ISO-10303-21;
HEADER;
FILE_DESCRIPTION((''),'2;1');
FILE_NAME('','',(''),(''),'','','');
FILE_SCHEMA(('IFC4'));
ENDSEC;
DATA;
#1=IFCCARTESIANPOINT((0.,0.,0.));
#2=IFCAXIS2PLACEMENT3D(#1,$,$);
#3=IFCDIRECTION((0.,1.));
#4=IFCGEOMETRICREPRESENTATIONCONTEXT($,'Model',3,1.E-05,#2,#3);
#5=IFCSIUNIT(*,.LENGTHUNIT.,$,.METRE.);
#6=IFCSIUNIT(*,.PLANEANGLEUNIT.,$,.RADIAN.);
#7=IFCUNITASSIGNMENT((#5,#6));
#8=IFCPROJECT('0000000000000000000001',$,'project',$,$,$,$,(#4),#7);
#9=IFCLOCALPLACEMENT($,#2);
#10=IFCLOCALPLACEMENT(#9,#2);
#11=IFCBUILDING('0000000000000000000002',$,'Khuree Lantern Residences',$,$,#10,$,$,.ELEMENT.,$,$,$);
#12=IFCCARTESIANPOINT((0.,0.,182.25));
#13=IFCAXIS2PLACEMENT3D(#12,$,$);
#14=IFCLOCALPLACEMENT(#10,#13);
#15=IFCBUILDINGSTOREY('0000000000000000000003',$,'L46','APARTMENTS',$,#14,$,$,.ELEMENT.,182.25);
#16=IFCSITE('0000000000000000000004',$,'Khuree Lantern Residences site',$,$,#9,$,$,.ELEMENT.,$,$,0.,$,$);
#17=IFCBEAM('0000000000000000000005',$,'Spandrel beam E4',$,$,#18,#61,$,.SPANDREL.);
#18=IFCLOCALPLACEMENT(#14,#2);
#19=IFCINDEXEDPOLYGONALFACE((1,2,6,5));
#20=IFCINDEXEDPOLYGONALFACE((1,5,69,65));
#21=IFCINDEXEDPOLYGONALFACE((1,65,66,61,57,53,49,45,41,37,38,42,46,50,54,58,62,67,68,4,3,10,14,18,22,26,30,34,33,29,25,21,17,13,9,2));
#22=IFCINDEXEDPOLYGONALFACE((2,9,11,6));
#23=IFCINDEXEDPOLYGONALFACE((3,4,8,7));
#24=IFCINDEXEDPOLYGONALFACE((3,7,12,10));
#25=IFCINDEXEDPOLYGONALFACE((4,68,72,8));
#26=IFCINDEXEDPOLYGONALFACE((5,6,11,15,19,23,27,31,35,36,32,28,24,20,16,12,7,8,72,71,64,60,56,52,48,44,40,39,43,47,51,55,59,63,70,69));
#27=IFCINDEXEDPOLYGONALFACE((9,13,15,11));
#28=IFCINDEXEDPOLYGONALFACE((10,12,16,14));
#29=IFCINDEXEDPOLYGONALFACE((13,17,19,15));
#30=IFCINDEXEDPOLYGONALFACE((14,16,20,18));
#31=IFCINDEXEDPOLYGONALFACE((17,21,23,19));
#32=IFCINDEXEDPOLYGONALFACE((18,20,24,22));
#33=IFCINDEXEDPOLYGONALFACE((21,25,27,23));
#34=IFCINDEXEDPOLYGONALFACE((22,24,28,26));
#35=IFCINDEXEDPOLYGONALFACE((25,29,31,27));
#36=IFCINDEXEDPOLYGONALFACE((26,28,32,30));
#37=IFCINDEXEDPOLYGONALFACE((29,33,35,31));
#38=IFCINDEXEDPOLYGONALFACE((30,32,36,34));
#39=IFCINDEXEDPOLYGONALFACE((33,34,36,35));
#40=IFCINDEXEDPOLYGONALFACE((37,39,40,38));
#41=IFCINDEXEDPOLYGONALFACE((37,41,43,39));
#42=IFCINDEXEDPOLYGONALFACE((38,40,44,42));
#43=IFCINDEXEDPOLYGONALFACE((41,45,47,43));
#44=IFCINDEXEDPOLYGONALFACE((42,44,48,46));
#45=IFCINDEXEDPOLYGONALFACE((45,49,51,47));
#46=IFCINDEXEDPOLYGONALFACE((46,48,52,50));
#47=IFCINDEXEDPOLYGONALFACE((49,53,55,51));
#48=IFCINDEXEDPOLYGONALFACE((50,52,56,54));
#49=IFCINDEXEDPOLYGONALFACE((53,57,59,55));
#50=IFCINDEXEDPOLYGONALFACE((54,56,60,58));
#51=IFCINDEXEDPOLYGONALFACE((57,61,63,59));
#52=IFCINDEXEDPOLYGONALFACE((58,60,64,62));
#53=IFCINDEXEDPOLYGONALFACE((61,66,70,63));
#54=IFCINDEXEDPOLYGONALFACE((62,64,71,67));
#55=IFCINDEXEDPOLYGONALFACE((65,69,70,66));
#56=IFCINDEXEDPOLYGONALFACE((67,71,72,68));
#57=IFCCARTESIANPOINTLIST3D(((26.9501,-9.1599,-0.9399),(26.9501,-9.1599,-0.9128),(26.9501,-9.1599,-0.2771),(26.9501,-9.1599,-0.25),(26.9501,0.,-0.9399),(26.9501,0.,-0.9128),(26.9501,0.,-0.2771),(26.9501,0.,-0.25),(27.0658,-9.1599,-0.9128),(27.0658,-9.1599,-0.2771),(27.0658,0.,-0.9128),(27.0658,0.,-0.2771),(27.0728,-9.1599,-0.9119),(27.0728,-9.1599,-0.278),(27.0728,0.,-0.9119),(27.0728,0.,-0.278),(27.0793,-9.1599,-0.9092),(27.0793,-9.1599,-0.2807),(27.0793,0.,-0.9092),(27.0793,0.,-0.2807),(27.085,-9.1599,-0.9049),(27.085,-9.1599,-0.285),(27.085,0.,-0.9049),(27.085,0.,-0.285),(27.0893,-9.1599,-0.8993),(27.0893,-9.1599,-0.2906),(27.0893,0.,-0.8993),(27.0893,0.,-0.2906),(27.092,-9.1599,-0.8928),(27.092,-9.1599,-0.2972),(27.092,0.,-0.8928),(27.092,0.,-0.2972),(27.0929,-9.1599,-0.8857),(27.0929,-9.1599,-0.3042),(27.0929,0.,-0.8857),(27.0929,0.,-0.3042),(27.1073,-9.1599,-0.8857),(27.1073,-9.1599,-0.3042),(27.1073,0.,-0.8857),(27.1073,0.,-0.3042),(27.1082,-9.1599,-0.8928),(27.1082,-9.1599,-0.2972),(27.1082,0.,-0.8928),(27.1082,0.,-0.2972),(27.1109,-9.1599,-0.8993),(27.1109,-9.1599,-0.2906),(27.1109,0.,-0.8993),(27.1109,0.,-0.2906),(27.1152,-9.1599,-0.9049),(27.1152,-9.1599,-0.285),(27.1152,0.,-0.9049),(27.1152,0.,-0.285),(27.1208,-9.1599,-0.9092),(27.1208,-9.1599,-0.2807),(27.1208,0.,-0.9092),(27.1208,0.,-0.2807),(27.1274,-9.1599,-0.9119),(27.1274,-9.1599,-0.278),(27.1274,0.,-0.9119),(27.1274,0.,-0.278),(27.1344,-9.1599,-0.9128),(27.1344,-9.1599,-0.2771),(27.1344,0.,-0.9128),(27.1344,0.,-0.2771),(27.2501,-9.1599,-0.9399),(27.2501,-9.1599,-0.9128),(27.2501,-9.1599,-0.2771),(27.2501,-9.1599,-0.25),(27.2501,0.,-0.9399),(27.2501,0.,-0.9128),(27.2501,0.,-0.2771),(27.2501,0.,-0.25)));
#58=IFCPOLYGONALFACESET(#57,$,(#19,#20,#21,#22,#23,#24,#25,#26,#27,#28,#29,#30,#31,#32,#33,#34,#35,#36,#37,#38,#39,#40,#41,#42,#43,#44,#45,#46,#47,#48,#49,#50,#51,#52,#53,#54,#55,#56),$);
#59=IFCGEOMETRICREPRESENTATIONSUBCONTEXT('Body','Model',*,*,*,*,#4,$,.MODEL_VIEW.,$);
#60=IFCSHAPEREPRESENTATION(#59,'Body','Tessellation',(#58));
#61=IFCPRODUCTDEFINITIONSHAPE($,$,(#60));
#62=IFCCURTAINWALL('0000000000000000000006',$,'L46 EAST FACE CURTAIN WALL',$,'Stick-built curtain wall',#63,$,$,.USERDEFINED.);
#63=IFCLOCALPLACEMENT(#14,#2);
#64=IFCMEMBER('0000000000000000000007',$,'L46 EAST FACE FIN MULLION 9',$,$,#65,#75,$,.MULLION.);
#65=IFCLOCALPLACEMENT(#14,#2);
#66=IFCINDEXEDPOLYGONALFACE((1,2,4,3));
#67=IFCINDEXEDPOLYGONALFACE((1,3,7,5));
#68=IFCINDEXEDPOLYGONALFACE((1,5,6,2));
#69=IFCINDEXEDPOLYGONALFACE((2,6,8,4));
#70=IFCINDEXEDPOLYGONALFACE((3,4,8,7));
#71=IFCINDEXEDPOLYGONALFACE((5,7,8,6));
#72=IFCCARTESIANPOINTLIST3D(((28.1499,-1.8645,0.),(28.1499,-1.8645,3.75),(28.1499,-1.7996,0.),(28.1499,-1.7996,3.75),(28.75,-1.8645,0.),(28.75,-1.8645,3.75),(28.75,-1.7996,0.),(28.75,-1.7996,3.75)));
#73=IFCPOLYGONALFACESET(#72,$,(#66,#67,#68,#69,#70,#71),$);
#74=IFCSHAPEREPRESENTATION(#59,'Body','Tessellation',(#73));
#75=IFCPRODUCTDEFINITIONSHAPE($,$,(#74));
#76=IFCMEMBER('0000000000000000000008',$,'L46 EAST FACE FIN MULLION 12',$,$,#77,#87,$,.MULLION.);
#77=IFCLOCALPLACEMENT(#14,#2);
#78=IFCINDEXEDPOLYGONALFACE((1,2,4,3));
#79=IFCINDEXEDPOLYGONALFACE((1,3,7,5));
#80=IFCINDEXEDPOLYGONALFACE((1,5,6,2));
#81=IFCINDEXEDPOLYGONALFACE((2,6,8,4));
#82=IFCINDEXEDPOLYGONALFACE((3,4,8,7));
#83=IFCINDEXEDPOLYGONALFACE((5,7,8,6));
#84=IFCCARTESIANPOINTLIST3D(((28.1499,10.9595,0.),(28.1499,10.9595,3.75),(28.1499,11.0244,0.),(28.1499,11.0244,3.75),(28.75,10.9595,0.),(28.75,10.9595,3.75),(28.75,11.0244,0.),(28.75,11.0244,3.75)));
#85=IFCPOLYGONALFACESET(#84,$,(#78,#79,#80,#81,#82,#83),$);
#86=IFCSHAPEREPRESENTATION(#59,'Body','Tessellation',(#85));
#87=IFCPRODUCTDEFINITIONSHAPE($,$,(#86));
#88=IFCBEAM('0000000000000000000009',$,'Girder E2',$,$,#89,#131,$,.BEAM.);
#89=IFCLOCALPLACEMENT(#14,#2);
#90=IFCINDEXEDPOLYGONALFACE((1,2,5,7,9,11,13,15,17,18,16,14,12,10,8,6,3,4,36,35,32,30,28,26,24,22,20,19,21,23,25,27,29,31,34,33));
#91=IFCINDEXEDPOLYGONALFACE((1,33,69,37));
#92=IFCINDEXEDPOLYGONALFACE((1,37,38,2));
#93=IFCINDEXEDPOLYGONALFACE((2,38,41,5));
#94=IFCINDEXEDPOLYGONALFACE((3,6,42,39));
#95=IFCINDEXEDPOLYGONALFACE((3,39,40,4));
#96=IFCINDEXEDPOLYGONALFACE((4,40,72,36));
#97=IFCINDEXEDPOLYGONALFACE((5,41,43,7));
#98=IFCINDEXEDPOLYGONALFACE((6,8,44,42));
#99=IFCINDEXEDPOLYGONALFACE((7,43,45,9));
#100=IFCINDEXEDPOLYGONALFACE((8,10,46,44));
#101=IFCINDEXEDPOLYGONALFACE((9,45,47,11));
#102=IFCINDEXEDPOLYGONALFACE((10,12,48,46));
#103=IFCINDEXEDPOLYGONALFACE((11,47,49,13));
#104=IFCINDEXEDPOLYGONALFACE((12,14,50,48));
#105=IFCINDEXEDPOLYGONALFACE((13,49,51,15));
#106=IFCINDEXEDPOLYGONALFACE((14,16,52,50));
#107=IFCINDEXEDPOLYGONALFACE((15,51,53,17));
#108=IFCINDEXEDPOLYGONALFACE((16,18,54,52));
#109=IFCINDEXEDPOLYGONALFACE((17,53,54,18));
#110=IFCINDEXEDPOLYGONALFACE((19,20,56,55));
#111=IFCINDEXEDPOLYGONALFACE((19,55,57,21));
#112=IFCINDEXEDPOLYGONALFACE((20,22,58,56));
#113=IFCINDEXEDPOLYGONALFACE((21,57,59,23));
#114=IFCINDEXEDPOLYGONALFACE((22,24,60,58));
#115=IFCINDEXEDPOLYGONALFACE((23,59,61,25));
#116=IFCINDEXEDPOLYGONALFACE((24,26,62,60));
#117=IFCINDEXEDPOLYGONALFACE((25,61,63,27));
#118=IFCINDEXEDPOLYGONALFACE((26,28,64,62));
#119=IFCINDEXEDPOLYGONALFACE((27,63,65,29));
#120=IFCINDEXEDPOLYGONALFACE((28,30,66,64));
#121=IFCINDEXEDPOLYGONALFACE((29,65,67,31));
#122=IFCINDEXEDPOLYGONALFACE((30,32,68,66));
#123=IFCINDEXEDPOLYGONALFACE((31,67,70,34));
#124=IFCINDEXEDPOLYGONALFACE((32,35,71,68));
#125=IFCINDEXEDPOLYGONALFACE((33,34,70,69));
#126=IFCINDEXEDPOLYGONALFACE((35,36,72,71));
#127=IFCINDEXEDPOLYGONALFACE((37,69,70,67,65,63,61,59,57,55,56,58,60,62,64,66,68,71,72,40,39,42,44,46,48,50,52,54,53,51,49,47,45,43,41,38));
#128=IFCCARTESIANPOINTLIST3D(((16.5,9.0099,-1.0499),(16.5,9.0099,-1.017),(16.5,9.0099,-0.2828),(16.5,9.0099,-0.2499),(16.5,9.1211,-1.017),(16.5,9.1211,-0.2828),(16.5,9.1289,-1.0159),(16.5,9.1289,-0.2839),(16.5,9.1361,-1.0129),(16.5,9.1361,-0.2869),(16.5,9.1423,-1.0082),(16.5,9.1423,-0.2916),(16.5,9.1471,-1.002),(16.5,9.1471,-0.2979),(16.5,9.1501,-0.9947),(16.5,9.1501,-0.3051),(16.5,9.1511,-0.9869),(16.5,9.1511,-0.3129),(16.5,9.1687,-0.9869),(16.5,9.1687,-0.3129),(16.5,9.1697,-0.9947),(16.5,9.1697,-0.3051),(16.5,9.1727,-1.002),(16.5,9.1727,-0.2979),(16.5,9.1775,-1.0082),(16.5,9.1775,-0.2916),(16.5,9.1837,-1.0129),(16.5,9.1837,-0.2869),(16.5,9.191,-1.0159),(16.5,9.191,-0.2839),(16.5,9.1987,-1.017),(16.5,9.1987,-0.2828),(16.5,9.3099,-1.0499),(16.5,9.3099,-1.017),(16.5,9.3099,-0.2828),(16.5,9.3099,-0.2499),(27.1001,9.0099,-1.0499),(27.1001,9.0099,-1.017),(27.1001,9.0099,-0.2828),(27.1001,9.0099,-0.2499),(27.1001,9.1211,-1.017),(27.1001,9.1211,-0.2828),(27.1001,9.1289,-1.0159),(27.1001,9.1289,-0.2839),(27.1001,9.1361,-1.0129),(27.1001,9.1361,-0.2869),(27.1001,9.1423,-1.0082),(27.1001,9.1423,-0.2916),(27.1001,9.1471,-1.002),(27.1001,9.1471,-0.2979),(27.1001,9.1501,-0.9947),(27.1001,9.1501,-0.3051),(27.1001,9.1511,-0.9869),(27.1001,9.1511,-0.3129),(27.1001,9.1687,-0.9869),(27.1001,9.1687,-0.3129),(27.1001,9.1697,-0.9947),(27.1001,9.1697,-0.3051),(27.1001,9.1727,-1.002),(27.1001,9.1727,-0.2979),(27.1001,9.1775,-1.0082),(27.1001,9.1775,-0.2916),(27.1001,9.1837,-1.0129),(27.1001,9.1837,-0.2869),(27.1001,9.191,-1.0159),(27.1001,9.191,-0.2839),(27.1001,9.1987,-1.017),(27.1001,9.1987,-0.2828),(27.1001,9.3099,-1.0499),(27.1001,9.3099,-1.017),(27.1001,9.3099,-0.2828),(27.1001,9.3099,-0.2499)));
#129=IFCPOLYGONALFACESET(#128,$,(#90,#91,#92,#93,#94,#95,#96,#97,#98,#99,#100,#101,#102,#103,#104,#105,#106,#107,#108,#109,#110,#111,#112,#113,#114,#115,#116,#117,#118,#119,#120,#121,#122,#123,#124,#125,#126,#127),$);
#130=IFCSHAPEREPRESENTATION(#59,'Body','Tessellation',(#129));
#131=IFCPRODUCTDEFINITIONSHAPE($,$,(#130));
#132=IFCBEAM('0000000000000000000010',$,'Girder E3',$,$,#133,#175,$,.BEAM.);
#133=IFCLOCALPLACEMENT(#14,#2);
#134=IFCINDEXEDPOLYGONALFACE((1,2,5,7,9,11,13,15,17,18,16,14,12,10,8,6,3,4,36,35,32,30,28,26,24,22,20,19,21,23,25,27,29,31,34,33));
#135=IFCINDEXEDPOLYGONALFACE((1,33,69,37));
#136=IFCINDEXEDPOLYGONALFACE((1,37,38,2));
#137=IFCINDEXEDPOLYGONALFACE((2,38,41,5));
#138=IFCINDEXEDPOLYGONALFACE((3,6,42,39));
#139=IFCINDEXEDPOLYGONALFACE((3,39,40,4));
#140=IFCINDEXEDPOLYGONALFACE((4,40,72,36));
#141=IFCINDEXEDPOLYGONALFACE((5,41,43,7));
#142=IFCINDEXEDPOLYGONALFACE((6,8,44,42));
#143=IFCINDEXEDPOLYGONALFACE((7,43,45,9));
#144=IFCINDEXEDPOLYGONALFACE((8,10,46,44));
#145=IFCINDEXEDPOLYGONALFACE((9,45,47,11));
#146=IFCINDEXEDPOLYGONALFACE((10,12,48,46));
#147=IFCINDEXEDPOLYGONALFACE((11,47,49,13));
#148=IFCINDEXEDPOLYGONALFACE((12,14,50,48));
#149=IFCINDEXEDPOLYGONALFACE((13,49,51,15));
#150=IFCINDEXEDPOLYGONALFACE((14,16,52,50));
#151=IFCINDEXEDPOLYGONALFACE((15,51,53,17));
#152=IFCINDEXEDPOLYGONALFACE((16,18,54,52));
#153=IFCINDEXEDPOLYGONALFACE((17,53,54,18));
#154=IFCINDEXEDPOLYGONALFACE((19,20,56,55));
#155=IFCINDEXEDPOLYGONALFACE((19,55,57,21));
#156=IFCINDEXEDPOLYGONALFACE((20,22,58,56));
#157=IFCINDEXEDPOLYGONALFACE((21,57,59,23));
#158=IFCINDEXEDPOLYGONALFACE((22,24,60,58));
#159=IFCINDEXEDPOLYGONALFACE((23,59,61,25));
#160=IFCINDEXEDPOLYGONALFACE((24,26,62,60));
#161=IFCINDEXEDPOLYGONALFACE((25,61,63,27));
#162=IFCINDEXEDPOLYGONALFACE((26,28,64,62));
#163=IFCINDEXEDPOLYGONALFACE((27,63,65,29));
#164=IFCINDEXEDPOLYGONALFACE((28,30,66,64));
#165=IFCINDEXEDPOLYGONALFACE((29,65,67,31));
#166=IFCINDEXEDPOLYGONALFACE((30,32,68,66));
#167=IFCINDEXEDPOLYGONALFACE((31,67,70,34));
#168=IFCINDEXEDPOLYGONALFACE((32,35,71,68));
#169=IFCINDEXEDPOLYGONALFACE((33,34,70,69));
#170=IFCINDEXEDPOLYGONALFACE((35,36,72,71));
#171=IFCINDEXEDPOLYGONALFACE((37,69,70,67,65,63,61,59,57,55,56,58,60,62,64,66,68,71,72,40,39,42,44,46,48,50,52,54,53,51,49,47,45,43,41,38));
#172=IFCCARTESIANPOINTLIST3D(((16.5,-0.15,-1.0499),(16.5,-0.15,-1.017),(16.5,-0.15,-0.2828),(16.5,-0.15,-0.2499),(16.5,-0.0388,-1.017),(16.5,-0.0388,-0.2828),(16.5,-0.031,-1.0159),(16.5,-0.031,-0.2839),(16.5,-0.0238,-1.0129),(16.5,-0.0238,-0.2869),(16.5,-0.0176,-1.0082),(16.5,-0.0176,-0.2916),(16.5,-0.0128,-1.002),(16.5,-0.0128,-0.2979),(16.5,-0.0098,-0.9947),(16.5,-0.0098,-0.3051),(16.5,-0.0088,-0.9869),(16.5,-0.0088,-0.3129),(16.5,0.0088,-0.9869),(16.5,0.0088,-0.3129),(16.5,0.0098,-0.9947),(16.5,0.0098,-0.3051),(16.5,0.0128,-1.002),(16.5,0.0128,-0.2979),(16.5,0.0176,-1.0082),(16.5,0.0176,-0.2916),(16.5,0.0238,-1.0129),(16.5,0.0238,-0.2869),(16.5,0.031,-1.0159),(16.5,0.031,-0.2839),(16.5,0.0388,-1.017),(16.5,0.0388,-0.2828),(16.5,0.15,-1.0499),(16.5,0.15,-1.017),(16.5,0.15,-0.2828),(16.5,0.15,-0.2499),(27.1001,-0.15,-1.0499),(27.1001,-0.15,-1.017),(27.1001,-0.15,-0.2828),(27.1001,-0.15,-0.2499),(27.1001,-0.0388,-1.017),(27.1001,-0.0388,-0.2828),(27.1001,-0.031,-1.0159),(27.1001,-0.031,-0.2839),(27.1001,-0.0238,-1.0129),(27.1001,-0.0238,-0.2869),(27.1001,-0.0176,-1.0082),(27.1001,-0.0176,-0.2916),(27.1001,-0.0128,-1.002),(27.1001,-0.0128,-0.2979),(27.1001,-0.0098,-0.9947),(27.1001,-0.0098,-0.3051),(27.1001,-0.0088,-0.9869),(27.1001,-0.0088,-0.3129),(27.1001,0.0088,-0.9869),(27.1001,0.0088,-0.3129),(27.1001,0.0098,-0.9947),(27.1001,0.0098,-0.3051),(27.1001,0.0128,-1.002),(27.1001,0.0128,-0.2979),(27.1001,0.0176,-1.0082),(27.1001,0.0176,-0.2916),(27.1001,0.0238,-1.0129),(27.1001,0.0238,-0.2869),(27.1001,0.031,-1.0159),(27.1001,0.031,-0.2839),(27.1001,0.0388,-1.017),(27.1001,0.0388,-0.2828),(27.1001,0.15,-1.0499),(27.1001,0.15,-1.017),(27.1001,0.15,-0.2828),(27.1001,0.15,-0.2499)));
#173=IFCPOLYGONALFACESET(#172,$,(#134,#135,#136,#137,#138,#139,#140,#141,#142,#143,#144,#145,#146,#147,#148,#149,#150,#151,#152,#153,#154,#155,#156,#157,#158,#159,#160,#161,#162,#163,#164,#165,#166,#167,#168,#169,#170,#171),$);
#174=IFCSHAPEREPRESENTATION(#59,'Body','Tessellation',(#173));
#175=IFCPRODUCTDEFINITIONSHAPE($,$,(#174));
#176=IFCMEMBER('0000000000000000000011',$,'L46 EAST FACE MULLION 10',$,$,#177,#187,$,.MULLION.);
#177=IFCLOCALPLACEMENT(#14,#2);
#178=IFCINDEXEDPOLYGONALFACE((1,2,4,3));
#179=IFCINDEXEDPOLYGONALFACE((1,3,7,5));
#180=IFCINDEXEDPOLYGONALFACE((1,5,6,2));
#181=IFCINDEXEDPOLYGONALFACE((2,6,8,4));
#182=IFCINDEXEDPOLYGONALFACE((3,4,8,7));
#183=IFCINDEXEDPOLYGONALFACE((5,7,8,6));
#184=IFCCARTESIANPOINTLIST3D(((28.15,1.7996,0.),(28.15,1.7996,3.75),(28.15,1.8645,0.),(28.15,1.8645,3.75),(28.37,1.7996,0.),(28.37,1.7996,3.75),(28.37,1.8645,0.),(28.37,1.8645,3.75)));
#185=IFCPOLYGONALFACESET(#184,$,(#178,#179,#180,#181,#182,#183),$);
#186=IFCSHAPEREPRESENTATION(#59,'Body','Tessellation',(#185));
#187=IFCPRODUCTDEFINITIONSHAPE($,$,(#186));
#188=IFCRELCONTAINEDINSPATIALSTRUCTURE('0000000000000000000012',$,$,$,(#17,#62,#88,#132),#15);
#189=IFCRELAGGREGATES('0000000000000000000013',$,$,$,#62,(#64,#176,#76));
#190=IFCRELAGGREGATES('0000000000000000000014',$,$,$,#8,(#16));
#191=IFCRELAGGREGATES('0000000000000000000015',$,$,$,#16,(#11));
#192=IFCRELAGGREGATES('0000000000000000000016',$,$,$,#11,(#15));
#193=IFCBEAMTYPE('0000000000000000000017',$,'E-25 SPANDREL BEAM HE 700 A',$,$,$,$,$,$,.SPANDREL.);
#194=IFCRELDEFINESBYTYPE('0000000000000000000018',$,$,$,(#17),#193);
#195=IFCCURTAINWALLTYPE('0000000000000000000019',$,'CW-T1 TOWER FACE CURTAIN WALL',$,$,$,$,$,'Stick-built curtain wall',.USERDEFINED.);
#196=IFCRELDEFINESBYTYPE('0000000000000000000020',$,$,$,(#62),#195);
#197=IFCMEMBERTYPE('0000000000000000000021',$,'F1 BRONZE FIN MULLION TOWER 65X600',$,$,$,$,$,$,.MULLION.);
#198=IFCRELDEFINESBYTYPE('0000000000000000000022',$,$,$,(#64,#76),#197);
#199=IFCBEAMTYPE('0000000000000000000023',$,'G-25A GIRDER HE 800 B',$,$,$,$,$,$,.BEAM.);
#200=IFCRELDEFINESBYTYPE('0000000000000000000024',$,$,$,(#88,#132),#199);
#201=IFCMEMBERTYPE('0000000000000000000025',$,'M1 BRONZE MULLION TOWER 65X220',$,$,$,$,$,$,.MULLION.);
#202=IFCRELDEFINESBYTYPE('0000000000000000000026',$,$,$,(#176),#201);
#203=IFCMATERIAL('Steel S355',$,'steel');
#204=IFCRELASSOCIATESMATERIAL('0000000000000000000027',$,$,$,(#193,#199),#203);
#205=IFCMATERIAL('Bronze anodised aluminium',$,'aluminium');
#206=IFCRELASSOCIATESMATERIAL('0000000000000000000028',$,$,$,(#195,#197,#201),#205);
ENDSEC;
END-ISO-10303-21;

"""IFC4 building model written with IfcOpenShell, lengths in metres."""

from ifc_helpers import new_model, si_unit, direction, frame, origin, origin_2d, place, context, subcontext, project, spatial, rectangle, i_section, extrude, material, material_profile, profile_set, type_object, element, aggregate, save


model = new_model("IFC4")

# Units and contexts
model_context = context("Model", 3, precision=1e-05, world=origin(), true_north=direction((0.0, 1.0)))
body_context = subcontext(model_context, "Body", "Model", "MODEL_VIEW")
ifc_project = project(units=[si_unit("LENGTHUNIT", "METRE"), si_unit("PLANEANGLEUNIT", "RADIAN")], contexts=[model_context])

# Site, building, storey
site_placement = place(None, origin())
site = spatial("IfcSite", under=ifc_project, at=site_placement, Name="Khuree Lantern Residences site", CompositionType="ELEMENT", RefElevation=0.0)
building_placement = place(site_placement, origin())
building = spatial("IfcBuilding", under=site, at=building_placement, Name="Khuree Lantern Residences", CompositionType="ELEMENT")
storey_placement = place(building_placement, frame((0.0, 0.0, 182.25)))
storey = spatial("IfcBuildingStorey", under=building, at=storey_placement, Name="L46", Description="APARTMENTS", CompositionType="ELEMENT", Elevation=182.25)

# Beam
ifc_material_1 = material(Name="Steel S355", Category="steel")
ifc_material_profile_1 = material_profile(ifc_material_1, i_section(OverallWidth=0.3, OverallDepth=0.6899, WebThickness=0.0144, FlangeThickness=0.0271, FilletRadius=0.0271, at=origin_2d()), Name="HE 700 A")
ifc_profile_set_1 = profile_set([ifc_material_profile_1], Name="Steel S355")
beam_type_1 = type_object("IfcBeamType", Name="E-25 SPANDREL BEAM HE 700 A", PredefinedType="SPANDREL", material=ifc_profile_set_1)
for number, where, z_axis, x_axis, name in (
    (1, (27.1001, 0.0, -0.595), (0.0, -1.0, 0.0), (1.0, 0.0, 0.0), "Spandrel beam E4"),
):
    element("IfcBeam", number, at=place(storey_placement, frame(where, z_axis=z_axis, x_axis=x_axis)), inside=storey, type_object=beam_type_1, Name=name, PredefinedType="SPANDREL", context=body_context, shape_type="SweptSolid", body=[
        extrude(i_section(OverallWidth=0.3, OverallDepth=0.6899, WebThickness=0.0144, FlangeThickness=0.0271, FilletRadius=0.0271, at=origin_2d()), origin(), (0.0, 0.0, 1.0), 9.1599),
    ])

# Curtain wall, members
ifc_material_2 = material(Name="Bronze anodised aluminium", Category="aluminium")
curtain_wall_type = type_object("IfcCurtainWallType", Name="CW-T1 TOWER FACE CURTAIN WALL", ElementType="Stick-built curtain wall", PredefinedType="USERDEFINED", material=ifc_material_2)
curtain_wall_placement = place(storey_placement, origin())
curtain_wall = element("IfcCurtainWall", 2, at=curtain_wall_placement, inside=storey, type_object=curtain_wall_type, Name="L46 EAST FACE CURTAIN WALL", ObjectType="Stick-built curtain wall", PredefinedType="USERDEFINED")
ifc_material_profile_2 = material_profile(ifc_material_2, rectangle(XDim=0.0649, YDim=0.6001, at=origin_2d()), Name="F1 65X600")
ifc_profile_set_2 = profile_set([ifc_material_profile_2], Name="Bronze anodised aluminium")
member_type_1 = type_object("IfcMemberType", Name="F1 BRONZE FIN MULLION TOWER 65X600", PredefinedType="MULLION", material=ifc_profile_set_2)
member_1_placement = place(storey_placement, frame((28.45, -1.832, 0.0), z_axis=(0.0, 0.0, 1.0), x_axis=(0.0, 1.0, 0.0)))
member_1 = element("IfcMember", 3, at=member_1_placement, type_object=member_type_1, Name="L46 EAST FACE FIN MULLION 9", PredefinedType="MULLION", context=body_context, shape_type="SweptSolid", body=[
    extrude(rectangle(XDim=0.0649, YDim=0.6001, at=origin_2d()), origin(), (0.0, 0.0, 1.0), 3.75),
])
member_2_placement = place(storey_placement, frame((28.45, 10.9919, 0.0), z_axis=(0.0, 0.0, 1.0), x_axis=(0.0, 1.0, 0.0)))
member_2 = element("IfcMember", 4, at=member_2_placement, type_object=member_type_1, Name="L46 EAST FACE FIN MULLION 12", PredefinedType="MULLION", context=body_context, shape_type="SweptSolid", body=[
    extrude(rectangle(XDim=0.0649, YDim=0.6001, at=origin_2d()), origin(), (0.0, 0.0, 1.0), 3.75),
])

# Beams
ifc_material_profile_3 = material_profile(ifc_material_1, i_section(OverallWidth=0.3, OverallDepth=0.8, WebThickness=0.0176, FlangeThickness=0.033, FilletRadius=0.03, at=origin_2d()), Name="HE 800 B")
ifc_profile_set_3 = profile_set([ifc_material_profile_3], Name="Steel S355")
beam_type_2 = type_object("IfcBeamType", Name="G-25A GIRDER HE 800 B", PredefinedType="BEAM", material=ifc_profile_set_3)
for number, where, z_axis, x_axis, name in (
    (5, (27.1001, 9.1599, -0.6499), (-1.0, 0.0, 0.0), (0.0, -1.0, 0.0), "Girder E2"),
    (6, (27.1001, 0.0, -0.6499), (-1.0, 0.0, 0.0), (0.0, -1.0, 0.0), "Girder E3"),
):
    element("IfcBeam", number, at=place(storey_placement, frame(where, z_axis=z_axis, x_axis=x_axis)), inside=storey, type_object=beam_type_2, Name=name, PredefinedType="BEAM", context=body_context, shape_type="SweptSolid", body=[
        extrude(i_section(OverallWidth=0.3, OverallDepth=0.8, WebThickness=0.0176, FlangeThickness=0.033, FilletRadius=0.03, at=origin_2d()), origin(), (0.0, 0.0, 1.0), 10.6001),
    ])

# Member
ifc_material_profile_4 = material_profile(ifc_material_2, rectangle(XDim=0.0649, YDim=0.22, at=origin_2d()), Name="M1 65X220")
ifc_profile_set_4 = profile_set([ifc_material_profile_4], Name="Bronze anodised aluminium")
member_type_2 = type_object("IfcMemberType", Name="M1 BRONZE MULLION TOWER 65X220", PredefinedType="MULLION", material=ifc_profile_set_4)
member_3_placement = place(storey_placement, frame((28.26, 1.832, 0.0), z_axis=(0.0, 0.0, 1.0), x_axis=(0.0, 1.0, 0.0)))
member_3 = element("IfcMember", 7, at=member_3_placement, type_object=member_type_2, Name="L46 EAST FACE MULLION 10", PredefinedType="MULLION", context=body_context, shape_type="SweptSolid", body=[
    extrude(rectangle(XDim=0.0649, YDim=0.22, at=origin_2d()), origin(), (0.0, 0.0, 1.0), 3.75),
])

aggregate(curtain_wall, [member_1, member_3, member_2])

save(model, "model.ifc")
